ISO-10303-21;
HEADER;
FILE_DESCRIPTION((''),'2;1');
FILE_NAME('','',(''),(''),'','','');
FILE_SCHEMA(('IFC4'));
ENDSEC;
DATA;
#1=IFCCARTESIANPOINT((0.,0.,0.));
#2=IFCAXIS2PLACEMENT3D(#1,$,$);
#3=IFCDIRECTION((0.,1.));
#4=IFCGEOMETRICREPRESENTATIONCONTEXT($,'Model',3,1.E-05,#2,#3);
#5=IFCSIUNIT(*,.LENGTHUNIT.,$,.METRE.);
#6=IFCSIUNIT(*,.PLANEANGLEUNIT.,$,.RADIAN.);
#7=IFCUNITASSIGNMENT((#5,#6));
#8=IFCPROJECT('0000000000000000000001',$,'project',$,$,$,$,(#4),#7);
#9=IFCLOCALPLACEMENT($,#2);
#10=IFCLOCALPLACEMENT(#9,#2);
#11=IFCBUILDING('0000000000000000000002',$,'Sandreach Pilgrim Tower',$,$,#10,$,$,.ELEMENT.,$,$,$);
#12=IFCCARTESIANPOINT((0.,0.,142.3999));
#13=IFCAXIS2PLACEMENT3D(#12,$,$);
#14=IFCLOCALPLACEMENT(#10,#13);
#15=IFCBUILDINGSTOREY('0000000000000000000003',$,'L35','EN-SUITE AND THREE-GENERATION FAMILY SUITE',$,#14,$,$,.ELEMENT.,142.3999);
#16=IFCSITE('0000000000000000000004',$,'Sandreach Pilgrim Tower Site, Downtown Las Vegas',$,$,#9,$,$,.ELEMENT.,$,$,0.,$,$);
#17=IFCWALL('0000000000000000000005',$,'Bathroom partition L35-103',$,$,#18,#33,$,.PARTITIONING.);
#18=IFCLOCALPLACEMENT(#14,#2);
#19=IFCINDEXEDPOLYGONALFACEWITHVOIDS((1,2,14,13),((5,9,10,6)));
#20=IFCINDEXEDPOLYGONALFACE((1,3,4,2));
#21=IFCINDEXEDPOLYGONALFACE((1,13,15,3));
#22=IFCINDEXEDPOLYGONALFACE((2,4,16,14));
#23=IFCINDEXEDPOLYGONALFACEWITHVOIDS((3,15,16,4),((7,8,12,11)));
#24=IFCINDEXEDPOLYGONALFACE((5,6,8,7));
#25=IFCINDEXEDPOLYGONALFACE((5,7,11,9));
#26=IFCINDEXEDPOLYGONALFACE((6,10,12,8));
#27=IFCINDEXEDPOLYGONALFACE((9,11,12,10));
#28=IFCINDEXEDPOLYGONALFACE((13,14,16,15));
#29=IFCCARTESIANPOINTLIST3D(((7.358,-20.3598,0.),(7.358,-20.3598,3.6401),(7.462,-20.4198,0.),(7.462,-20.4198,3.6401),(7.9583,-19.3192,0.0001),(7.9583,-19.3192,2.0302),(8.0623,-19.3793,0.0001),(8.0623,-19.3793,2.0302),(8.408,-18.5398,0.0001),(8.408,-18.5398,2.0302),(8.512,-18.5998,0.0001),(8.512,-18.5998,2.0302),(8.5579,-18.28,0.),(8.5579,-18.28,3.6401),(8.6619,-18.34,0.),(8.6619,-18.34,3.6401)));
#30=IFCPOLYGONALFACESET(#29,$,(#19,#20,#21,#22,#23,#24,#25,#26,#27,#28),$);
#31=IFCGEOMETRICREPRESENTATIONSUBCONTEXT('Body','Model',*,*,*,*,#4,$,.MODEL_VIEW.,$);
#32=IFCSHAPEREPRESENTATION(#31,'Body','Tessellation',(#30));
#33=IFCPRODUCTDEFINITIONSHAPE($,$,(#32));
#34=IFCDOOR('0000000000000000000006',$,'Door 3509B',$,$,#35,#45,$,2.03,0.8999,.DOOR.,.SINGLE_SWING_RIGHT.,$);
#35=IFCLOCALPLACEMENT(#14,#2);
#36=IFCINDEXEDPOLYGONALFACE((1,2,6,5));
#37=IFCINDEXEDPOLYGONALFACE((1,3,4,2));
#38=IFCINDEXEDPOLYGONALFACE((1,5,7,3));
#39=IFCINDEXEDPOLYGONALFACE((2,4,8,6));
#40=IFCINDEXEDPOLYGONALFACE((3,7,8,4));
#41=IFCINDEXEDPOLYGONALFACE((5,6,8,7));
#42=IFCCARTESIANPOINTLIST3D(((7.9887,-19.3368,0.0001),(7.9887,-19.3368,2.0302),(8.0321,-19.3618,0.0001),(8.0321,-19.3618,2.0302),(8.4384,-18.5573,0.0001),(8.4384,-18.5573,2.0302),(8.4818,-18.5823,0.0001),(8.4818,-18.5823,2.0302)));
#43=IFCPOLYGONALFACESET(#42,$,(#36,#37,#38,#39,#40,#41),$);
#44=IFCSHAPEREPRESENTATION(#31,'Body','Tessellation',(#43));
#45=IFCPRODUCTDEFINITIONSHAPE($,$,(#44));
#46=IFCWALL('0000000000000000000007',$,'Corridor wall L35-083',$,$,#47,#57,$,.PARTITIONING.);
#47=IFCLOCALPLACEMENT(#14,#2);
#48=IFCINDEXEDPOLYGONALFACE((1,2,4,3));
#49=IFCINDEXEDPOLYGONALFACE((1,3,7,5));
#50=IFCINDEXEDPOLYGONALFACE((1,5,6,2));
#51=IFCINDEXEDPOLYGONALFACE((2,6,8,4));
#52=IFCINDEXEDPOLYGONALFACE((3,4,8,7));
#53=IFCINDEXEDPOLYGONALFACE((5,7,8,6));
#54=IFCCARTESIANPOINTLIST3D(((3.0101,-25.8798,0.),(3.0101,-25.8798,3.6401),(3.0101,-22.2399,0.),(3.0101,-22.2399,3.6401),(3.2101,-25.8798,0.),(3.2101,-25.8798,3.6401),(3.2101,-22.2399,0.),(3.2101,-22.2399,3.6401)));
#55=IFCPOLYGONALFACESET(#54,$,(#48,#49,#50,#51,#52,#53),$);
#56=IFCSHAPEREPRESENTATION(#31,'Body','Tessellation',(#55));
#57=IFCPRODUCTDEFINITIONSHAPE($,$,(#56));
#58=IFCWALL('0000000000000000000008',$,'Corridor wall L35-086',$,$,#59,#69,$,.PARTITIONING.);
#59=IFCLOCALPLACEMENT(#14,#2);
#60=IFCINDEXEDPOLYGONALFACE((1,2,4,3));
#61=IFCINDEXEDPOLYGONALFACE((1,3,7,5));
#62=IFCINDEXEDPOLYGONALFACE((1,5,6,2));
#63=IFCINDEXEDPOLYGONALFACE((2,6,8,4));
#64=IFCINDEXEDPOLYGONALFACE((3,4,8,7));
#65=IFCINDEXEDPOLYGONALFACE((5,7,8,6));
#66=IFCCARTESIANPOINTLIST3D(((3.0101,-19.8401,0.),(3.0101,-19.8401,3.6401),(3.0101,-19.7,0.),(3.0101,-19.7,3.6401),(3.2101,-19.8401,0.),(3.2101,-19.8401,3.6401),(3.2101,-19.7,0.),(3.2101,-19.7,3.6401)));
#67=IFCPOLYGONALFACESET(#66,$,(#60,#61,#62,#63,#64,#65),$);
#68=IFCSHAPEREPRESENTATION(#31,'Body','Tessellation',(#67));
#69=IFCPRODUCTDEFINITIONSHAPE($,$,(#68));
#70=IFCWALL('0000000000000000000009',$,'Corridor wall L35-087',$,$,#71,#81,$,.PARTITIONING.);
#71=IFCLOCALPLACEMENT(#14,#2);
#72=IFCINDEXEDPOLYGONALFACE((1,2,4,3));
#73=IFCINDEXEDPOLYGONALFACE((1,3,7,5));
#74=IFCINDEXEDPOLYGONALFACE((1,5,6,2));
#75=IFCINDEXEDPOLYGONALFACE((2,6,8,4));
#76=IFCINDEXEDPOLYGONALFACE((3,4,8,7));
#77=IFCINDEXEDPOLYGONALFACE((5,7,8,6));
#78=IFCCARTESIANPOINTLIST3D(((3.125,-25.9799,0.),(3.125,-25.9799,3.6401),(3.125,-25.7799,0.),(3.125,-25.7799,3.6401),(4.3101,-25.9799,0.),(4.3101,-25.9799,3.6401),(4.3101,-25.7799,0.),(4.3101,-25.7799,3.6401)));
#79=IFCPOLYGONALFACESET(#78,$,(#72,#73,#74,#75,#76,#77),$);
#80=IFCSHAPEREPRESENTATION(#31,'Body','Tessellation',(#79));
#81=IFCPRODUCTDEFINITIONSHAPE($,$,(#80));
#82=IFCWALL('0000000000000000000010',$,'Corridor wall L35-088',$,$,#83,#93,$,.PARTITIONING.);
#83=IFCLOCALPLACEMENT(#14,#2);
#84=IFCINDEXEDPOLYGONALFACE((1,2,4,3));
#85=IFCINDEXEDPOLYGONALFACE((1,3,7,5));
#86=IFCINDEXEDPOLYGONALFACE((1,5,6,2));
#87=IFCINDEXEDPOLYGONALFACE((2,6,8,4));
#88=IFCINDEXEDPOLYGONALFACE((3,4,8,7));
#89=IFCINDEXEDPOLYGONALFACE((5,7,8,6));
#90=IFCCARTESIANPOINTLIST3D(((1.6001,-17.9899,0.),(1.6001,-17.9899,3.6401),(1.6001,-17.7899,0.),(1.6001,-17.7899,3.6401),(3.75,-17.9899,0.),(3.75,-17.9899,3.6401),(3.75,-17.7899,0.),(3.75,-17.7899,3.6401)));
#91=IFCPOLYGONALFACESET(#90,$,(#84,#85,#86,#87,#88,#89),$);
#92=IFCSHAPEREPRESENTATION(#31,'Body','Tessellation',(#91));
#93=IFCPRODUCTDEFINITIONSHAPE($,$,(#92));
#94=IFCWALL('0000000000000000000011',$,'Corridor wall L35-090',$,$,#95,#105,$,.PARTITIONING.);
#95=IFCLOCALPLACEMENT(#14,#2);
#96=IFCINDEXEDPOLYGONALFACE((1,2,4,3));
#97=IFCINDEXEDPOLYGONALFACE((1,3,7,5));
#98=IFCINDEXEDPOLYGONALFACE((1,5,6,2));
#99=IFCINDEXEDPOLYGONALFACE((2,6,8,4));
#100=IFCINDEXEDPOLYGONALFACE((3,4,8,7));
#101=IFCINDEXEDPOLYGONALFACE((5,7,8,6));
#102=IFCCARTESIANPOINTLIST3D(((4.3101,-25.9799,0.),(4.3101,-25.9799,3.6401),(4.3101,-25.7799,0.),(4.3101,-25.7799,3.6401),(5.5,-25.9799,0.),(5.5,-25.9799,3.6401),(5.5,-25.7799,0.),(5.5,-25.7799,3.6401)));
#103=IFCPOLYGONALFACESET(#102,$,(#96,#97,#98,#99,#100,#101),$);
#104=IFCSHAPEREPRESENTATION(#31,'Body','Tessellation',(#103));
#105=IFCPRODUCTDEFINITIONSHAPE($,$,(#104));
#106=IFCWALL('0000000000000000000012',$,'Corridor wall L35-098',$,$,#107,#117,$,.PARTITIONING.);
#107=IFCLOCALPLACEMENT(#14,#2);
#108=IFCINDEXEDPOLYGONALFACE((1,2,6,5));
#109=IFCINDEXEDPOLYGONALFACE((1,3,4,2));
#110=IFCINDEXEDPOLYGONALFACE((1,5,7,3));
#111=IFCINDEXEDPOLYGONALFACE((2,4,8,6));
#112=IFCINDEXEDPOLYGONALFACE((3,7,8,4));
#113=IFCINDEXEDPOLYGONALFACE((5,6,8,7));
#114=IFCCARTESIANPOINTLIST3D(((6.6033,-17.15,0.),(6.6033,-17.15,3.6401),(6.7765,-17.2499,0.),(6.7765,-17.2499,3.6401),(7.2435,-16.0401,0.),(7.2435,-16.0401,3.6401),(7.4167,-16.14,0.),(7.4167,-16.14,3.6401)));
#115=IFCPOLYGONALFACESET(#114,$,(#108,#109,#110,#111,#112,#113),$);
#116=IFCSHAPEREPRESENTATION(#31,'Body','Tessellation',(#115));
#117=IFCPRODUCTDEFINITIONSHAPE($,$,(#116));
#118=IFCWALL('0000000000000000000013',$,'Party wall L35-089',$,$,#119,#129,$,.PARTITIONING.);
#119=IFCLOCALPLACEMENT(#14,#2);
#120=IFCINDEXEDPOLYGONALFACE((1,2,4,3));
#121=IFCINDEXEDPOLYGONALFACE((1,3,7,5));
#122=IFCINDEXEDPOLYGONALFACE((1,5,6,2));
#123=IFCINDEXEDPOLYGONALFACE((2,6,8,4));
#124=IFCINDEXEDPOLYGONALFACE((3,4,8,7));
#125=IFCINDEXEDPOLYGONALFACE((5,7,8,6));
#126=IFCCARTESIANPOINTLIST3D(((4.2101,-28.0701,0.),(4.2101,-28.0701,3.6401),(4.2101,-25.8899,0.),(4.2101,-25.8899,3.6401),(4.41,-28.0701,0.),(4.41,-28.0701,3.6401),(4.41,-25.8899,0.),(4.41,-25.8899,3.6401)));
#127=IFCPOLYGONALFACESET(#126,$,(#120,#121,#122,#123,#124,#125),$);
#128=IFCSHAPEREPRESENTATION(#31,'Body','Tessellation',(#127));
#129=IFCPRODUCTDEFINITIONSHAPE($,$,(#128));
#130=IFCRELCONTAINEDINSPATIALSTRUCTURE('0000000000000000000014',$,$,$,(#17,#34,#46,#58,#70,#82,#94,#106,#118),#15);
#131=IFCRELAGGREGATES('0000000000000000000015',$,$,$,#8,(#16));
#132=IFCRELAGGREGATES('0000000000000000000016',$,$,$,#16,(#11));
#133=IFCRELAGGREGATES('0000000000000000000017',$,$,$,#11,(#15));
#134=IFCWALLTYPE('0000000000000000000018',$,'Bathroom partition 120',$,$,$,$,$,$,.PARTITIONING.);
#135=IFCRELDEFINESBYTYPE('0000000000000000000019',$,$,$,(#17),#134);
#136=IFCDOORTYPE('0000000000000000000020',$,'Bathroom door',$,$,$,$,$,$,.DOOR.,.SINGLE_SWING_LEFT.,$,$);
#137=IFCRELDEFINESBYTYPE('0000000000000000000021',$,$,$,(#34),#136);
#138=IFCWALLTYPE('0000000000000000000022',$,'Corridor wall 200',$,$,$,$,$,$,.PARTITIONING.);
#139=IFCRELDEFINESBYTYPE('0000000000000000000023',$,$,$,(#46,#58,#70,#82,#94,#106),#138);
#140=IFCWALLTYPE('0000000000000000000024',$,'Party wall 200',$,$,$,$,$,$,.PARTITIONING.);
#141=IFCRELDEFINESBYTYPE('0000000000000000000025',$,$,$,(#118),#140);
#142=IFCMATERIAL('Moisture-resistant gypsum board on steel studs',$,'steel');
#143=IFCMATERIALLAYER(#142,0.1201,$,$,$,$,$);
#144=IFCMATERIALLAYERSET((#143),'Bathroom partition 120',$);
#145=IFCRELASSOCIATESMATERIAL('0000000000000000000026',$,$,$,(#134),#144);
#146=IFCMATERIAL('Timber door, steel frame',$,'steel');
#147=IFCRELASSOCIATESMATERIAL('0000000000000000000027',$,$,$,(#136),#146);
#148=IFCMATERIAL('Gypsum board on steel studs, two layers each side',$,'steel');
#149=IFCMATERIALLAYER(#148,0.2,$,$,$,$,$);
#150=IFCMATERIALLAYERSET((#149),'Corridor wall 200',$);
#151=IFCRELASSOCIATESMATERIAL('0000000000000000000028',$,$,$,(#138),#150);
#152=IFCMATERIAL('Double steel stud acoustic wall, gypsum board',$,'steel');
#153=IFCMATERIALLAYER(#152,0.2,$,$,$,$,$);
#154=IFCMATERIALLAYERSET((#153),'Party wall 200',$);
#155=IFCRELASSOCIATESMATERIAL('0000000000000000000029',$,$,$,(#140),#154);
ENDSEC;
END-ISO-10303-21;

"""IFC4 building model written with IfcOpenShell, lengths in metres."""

from ifc_helpers import new_model, si_unit, direction, frame, frame_2d, origin, place, context, subcontext, project, spatial, rectangle, extrude, material, layer, layer_set, type_object, element, fill, save


model = new_model("IFC4")

# Units and contexts
model_context = context("Model", 3, precision=1e-05, world=origin(), true_north=direction((0.0, 1.0)))
body_context = subcontext(model_context, "Body", "Model", "MODEL_VIEW")
ifc_project = project(units=[si_unit("LENGTHUNIT", "METRE"), si_unit("PLANEANGLEUNIT", "RADIAN")], contexts=[model_context])

# Site, building, storey
site_placement = place(None, origin())
site = spatial("IfcSite", under=ifc_project, at=site_placement, Name="Sandreach Pilgrim Tower Site, Downtown Las Vegas", CompositionType="ELEMENT", RefElevation=0.0)
building_placement = place(site_placement, origin())
building = spatial("IfcBuilding", under=site, at=building_placement, Name="Sandreach Pilgrim Tower", CompositionType="ELEMENT")
storey_placement = place(building_placement, frame((0.0, 0.0, 142.3999)))
storey = spatial("IfcBuildingStorey", under=building, at=storey_placement, Name="L35", Description="EN-SUITE AND THREE-GENERATION FAMILY SUITE", CompositionType="ELEMENT", Elevation=142.3999)

# Shared definitions
ifc_material_1 = material(Name="Moisture-resistant gypsum board on steel studs", Category="steel")
ifc_layer_1 = layer(ifc_material_1, 0.1201)
ifc_layer_set_1 = layer_set([ifc_layer_1], Name="Bathroom partition 120")
wall_type_1 = type_object("IfcWallType", Name="Bathroom partition 120", PredefinedType="PARTITIONING", material=ifc_layer_set_1)
ifc_material_2 = material(Name="Timber door, steel frame", Category="steel")
door_type_1 = type_object("IfcDoorType", Name="Bathroom door", OperationType="SINGLE_SWING_LEFT", PredefinedType="DOOR", material=ifc_material_2)

# Wall, opening, door
wall_1_placement = place(storey_placement, frame((7.4099, -20.3899, 0.0), z_axis=(0.0, 0.0, 1.0), x_axis=(0.499737, 0.866177, 0.0)))
wall_1 = element("IfcWall", 1, at=wall_1_placement, inside=storey, type_object=wall_type_1, Name="Bathroom partition L35-103", PredefinedType="PARTITIONING", context=body_context, shape_type="SweptSolid", body=[
    extrude(rectangle(XDim=2.4011, YDim=0.1201, at=frame_2d((1.2007, 0.0))), origin(), (0.0, 0.0, 1.0), 3.6401),
])
opening_1_placement = place(wall_1_placement, frame((1.2014, 0.0, 0.0)))
opening_1 = element("IfcOpeningElement", 2, at=opening_1_placement, cuts=wall_1, PredefinedType="OPENING", context=body_context, shape_type="SweptSolid", body=[
    extrude(rectangle(XDim=0.8999, YDim=2.03, at=frame_2d((0.45, 1.0151))), frame((0.0, 0.0601, 0.0), z_axis=(0.0, -1.0, 0.0), x_axis=(1.0, 0.0, 0.0)), (0.0, 0.0, 1.0), 0.1201),
])
door_1_placement = place(opening_1_placement, origin())
door_1 = element("IfcDoor", 3, at=door_1_placement, inside=storey, type_object=door_type_1, Name="Door 3509B", OperationType="SINGLE_SWING_RIGHT", OverallHeight=2.03, OverallWidth=0.8999, PredefinedType="DOOR", context=body_context, shape_type="SweptSolid", body=[
    extrude(rectangle(XDim=0.8999, YDim=2.03, at=frame_2d((0.45, 1.0151))), frame((0.0, 0.0249, 0.0), z_axis=(0.0, -1.0, 0.0), x_axis=(1.0, 0.0, 0.0)), (0.0, 0.0, 1.0), 0.05),
])
fill(opening_1, door_1)
ifc_material_3 = material(Name="Gypsum board on steel studs, two layers each side", Category="steel")
ifc_layer_2 = layer(ifc_material_3, 0.2)
ifc_layer_set_2 = layer_set([ifc_layer_2], Name="Corridor wall 200")
wall_type_2 = type_object("IfcWallType", Name="Corridor wall 200", PredefinedType="PARTITIONING", material=ifc_layer_set_2)

# Walls
wall_2_placement = place(storey_placement, frame((3.1101, -22.24, 0.0), z_axis=(0.0, 0.0, 1.0), x_axis=(0.0, -1.0, 0.0)))
element("IfcWall", 4, at=wall_2_placement, inside=storey, type_object=wall_type_2, Name="Corridor wall L35-083", PredefinedType="PARTITIONING", context=body_context, shape_type="SweptSolid", body=[
    extrude(rectangle(XDim=3.6399, YDim=0.2, at=frame_2d((1.8198, 0.0))), origin(), (0.0, 0.0, 1.0), 3.6401),
])
wall_3_placement = place(storey_placement, frame((3.1101, -19.7, 0.0), z_axis=(0.0, 0.0, 1.0), x_axis=(0.0, -1.0, 0.0)))
element("IfcWall", 5, at=wall_3_placement, inside=storey, type_object=wall_type_2, Name="Corridor wall L35-086", PredefinedType="PARTITIONING", context=body_context, shape_type="SweptSolid", body=[
    extrude(rectangle(XDim=0.1401, YDim=0.2, at=frame_2d((0.0701, 0.0))), origin(), (0.0, 0.0, 1.0), 3.6401),
])
wall_4_placement = place(storey_placement, frame((3.125, -25.8799, 0.0), z_axis=(0.0, 0.0, 1.0), x_axis=(1.0, 0.0, 0.0)))
element("IfcWall", 6, at=wall_4_placement, inside=storey, type_object=wall_type_2, Name="Corridor wall L35-087", PredefinedType="PARTITIONING", context=body_context, shape_type="SweptSolid", body=[
    extrude(rectangle(XDim=1.1851, YDim=0.2, at=frame_2d((0.5925, 0.0))), origin(), (0.0, 0.0, 1.0), 3.6401),
])
wall_5_placement = place(storey_placement, frame((3.75, -17.8899, 0.0), z_axis=(0.0, 0.0, 1.0), x_axis=(-1.0, 0.0, 0.0)))
element("IfcWall", 7, at=wall_5_placement, inside=storey, type_object=wall_type_2, Name="Corridor wall L35-088", PredefinedType="PARTITIONING", context=body_context, shape_type="SweptSolid", body=[
    extrude(rectangle(XDim=2.1499, YDim=0.2, at=frame_2d((1.075, 0.0))), origin(), (0.0, 0.0, 1.0), 3.6401),
])
wall_6_placement = place(storey_placement, frame((4.3101, -25.8799, 0.0), z_axis=(0.0, 0.0, 1.0), x_axis=(1.0, 0.0, 0.0)))
element("IfcWall", 8, at=wall_6_placement, inside=storey, type_object=wall_type_2, Name="Corridor wall L35-090", PredefinedType="PARTITIONING", context=body_context, shape_type="SweptSolid", body=[
    extrude(rectangle(XDim=1.1899, YDim=0.2, at=frame_2d((0.595, 0.0))), origin(), (0.0, 0.0, 1.0), 3.6401),
])

# Walls
wall_7_placement = place(storey_placement, frame((6.6899, -17.2, 0.0), z_axis=(0.0, 0.0, 1.0), x_axis=(0.499623, 0.866243, 0.0)))
element("IfcWall", 9, at=wall_7_placement, inside=storey, type_object=wall_type_2, Name="Corridor wall L35-098", PredefinedType="PARTITIONING", context=body_context, shape_type="SweptSolid", body=[
    extrude(rectangle(XDim=1.2812, YDim=0.2, at=frame_2d((0.6406, 0.0))), origin(), (0.0, 0.0, 1.0), 3.6401),
])
ifc_material_4 = material(Name="Double steel stud acoustic wall, gypsum board", Category="steel")
ifc_layer_3 = layer(ifc_material_4, 0.2)
ifc_layer_set_3 = layer_set([ifc_layer_3], Name="Party wall 200")
wall_type_3 = type_object("IfcWallType", Name="Party wall 200", PredefinedType="PARTITIONING", material=ifc_layer_set_3)
wall_8_placement = place(storey_placement, frame((4.3101, -28.0701, 0.0), z_axis=(0.0, 0.0, 1.0), x_axis=(0.0, 1.0, 0.0)))
element("IfcWall", 10, at=wall_8_placement, inside=storey, type_object=wall_type_3, Name="Party wall L35-089", PredefinedType="PARTITIONING", context=body_context, shape_type="SweptSolid", body=[
    extrude(rectangle(XDim=2.1802, YDim=0.2, at=frame_2d((1.0901, 0.0))), origin(), (0.0, 0.0, 1.0), 3.6401),
])

save(model, "model.ifc")
